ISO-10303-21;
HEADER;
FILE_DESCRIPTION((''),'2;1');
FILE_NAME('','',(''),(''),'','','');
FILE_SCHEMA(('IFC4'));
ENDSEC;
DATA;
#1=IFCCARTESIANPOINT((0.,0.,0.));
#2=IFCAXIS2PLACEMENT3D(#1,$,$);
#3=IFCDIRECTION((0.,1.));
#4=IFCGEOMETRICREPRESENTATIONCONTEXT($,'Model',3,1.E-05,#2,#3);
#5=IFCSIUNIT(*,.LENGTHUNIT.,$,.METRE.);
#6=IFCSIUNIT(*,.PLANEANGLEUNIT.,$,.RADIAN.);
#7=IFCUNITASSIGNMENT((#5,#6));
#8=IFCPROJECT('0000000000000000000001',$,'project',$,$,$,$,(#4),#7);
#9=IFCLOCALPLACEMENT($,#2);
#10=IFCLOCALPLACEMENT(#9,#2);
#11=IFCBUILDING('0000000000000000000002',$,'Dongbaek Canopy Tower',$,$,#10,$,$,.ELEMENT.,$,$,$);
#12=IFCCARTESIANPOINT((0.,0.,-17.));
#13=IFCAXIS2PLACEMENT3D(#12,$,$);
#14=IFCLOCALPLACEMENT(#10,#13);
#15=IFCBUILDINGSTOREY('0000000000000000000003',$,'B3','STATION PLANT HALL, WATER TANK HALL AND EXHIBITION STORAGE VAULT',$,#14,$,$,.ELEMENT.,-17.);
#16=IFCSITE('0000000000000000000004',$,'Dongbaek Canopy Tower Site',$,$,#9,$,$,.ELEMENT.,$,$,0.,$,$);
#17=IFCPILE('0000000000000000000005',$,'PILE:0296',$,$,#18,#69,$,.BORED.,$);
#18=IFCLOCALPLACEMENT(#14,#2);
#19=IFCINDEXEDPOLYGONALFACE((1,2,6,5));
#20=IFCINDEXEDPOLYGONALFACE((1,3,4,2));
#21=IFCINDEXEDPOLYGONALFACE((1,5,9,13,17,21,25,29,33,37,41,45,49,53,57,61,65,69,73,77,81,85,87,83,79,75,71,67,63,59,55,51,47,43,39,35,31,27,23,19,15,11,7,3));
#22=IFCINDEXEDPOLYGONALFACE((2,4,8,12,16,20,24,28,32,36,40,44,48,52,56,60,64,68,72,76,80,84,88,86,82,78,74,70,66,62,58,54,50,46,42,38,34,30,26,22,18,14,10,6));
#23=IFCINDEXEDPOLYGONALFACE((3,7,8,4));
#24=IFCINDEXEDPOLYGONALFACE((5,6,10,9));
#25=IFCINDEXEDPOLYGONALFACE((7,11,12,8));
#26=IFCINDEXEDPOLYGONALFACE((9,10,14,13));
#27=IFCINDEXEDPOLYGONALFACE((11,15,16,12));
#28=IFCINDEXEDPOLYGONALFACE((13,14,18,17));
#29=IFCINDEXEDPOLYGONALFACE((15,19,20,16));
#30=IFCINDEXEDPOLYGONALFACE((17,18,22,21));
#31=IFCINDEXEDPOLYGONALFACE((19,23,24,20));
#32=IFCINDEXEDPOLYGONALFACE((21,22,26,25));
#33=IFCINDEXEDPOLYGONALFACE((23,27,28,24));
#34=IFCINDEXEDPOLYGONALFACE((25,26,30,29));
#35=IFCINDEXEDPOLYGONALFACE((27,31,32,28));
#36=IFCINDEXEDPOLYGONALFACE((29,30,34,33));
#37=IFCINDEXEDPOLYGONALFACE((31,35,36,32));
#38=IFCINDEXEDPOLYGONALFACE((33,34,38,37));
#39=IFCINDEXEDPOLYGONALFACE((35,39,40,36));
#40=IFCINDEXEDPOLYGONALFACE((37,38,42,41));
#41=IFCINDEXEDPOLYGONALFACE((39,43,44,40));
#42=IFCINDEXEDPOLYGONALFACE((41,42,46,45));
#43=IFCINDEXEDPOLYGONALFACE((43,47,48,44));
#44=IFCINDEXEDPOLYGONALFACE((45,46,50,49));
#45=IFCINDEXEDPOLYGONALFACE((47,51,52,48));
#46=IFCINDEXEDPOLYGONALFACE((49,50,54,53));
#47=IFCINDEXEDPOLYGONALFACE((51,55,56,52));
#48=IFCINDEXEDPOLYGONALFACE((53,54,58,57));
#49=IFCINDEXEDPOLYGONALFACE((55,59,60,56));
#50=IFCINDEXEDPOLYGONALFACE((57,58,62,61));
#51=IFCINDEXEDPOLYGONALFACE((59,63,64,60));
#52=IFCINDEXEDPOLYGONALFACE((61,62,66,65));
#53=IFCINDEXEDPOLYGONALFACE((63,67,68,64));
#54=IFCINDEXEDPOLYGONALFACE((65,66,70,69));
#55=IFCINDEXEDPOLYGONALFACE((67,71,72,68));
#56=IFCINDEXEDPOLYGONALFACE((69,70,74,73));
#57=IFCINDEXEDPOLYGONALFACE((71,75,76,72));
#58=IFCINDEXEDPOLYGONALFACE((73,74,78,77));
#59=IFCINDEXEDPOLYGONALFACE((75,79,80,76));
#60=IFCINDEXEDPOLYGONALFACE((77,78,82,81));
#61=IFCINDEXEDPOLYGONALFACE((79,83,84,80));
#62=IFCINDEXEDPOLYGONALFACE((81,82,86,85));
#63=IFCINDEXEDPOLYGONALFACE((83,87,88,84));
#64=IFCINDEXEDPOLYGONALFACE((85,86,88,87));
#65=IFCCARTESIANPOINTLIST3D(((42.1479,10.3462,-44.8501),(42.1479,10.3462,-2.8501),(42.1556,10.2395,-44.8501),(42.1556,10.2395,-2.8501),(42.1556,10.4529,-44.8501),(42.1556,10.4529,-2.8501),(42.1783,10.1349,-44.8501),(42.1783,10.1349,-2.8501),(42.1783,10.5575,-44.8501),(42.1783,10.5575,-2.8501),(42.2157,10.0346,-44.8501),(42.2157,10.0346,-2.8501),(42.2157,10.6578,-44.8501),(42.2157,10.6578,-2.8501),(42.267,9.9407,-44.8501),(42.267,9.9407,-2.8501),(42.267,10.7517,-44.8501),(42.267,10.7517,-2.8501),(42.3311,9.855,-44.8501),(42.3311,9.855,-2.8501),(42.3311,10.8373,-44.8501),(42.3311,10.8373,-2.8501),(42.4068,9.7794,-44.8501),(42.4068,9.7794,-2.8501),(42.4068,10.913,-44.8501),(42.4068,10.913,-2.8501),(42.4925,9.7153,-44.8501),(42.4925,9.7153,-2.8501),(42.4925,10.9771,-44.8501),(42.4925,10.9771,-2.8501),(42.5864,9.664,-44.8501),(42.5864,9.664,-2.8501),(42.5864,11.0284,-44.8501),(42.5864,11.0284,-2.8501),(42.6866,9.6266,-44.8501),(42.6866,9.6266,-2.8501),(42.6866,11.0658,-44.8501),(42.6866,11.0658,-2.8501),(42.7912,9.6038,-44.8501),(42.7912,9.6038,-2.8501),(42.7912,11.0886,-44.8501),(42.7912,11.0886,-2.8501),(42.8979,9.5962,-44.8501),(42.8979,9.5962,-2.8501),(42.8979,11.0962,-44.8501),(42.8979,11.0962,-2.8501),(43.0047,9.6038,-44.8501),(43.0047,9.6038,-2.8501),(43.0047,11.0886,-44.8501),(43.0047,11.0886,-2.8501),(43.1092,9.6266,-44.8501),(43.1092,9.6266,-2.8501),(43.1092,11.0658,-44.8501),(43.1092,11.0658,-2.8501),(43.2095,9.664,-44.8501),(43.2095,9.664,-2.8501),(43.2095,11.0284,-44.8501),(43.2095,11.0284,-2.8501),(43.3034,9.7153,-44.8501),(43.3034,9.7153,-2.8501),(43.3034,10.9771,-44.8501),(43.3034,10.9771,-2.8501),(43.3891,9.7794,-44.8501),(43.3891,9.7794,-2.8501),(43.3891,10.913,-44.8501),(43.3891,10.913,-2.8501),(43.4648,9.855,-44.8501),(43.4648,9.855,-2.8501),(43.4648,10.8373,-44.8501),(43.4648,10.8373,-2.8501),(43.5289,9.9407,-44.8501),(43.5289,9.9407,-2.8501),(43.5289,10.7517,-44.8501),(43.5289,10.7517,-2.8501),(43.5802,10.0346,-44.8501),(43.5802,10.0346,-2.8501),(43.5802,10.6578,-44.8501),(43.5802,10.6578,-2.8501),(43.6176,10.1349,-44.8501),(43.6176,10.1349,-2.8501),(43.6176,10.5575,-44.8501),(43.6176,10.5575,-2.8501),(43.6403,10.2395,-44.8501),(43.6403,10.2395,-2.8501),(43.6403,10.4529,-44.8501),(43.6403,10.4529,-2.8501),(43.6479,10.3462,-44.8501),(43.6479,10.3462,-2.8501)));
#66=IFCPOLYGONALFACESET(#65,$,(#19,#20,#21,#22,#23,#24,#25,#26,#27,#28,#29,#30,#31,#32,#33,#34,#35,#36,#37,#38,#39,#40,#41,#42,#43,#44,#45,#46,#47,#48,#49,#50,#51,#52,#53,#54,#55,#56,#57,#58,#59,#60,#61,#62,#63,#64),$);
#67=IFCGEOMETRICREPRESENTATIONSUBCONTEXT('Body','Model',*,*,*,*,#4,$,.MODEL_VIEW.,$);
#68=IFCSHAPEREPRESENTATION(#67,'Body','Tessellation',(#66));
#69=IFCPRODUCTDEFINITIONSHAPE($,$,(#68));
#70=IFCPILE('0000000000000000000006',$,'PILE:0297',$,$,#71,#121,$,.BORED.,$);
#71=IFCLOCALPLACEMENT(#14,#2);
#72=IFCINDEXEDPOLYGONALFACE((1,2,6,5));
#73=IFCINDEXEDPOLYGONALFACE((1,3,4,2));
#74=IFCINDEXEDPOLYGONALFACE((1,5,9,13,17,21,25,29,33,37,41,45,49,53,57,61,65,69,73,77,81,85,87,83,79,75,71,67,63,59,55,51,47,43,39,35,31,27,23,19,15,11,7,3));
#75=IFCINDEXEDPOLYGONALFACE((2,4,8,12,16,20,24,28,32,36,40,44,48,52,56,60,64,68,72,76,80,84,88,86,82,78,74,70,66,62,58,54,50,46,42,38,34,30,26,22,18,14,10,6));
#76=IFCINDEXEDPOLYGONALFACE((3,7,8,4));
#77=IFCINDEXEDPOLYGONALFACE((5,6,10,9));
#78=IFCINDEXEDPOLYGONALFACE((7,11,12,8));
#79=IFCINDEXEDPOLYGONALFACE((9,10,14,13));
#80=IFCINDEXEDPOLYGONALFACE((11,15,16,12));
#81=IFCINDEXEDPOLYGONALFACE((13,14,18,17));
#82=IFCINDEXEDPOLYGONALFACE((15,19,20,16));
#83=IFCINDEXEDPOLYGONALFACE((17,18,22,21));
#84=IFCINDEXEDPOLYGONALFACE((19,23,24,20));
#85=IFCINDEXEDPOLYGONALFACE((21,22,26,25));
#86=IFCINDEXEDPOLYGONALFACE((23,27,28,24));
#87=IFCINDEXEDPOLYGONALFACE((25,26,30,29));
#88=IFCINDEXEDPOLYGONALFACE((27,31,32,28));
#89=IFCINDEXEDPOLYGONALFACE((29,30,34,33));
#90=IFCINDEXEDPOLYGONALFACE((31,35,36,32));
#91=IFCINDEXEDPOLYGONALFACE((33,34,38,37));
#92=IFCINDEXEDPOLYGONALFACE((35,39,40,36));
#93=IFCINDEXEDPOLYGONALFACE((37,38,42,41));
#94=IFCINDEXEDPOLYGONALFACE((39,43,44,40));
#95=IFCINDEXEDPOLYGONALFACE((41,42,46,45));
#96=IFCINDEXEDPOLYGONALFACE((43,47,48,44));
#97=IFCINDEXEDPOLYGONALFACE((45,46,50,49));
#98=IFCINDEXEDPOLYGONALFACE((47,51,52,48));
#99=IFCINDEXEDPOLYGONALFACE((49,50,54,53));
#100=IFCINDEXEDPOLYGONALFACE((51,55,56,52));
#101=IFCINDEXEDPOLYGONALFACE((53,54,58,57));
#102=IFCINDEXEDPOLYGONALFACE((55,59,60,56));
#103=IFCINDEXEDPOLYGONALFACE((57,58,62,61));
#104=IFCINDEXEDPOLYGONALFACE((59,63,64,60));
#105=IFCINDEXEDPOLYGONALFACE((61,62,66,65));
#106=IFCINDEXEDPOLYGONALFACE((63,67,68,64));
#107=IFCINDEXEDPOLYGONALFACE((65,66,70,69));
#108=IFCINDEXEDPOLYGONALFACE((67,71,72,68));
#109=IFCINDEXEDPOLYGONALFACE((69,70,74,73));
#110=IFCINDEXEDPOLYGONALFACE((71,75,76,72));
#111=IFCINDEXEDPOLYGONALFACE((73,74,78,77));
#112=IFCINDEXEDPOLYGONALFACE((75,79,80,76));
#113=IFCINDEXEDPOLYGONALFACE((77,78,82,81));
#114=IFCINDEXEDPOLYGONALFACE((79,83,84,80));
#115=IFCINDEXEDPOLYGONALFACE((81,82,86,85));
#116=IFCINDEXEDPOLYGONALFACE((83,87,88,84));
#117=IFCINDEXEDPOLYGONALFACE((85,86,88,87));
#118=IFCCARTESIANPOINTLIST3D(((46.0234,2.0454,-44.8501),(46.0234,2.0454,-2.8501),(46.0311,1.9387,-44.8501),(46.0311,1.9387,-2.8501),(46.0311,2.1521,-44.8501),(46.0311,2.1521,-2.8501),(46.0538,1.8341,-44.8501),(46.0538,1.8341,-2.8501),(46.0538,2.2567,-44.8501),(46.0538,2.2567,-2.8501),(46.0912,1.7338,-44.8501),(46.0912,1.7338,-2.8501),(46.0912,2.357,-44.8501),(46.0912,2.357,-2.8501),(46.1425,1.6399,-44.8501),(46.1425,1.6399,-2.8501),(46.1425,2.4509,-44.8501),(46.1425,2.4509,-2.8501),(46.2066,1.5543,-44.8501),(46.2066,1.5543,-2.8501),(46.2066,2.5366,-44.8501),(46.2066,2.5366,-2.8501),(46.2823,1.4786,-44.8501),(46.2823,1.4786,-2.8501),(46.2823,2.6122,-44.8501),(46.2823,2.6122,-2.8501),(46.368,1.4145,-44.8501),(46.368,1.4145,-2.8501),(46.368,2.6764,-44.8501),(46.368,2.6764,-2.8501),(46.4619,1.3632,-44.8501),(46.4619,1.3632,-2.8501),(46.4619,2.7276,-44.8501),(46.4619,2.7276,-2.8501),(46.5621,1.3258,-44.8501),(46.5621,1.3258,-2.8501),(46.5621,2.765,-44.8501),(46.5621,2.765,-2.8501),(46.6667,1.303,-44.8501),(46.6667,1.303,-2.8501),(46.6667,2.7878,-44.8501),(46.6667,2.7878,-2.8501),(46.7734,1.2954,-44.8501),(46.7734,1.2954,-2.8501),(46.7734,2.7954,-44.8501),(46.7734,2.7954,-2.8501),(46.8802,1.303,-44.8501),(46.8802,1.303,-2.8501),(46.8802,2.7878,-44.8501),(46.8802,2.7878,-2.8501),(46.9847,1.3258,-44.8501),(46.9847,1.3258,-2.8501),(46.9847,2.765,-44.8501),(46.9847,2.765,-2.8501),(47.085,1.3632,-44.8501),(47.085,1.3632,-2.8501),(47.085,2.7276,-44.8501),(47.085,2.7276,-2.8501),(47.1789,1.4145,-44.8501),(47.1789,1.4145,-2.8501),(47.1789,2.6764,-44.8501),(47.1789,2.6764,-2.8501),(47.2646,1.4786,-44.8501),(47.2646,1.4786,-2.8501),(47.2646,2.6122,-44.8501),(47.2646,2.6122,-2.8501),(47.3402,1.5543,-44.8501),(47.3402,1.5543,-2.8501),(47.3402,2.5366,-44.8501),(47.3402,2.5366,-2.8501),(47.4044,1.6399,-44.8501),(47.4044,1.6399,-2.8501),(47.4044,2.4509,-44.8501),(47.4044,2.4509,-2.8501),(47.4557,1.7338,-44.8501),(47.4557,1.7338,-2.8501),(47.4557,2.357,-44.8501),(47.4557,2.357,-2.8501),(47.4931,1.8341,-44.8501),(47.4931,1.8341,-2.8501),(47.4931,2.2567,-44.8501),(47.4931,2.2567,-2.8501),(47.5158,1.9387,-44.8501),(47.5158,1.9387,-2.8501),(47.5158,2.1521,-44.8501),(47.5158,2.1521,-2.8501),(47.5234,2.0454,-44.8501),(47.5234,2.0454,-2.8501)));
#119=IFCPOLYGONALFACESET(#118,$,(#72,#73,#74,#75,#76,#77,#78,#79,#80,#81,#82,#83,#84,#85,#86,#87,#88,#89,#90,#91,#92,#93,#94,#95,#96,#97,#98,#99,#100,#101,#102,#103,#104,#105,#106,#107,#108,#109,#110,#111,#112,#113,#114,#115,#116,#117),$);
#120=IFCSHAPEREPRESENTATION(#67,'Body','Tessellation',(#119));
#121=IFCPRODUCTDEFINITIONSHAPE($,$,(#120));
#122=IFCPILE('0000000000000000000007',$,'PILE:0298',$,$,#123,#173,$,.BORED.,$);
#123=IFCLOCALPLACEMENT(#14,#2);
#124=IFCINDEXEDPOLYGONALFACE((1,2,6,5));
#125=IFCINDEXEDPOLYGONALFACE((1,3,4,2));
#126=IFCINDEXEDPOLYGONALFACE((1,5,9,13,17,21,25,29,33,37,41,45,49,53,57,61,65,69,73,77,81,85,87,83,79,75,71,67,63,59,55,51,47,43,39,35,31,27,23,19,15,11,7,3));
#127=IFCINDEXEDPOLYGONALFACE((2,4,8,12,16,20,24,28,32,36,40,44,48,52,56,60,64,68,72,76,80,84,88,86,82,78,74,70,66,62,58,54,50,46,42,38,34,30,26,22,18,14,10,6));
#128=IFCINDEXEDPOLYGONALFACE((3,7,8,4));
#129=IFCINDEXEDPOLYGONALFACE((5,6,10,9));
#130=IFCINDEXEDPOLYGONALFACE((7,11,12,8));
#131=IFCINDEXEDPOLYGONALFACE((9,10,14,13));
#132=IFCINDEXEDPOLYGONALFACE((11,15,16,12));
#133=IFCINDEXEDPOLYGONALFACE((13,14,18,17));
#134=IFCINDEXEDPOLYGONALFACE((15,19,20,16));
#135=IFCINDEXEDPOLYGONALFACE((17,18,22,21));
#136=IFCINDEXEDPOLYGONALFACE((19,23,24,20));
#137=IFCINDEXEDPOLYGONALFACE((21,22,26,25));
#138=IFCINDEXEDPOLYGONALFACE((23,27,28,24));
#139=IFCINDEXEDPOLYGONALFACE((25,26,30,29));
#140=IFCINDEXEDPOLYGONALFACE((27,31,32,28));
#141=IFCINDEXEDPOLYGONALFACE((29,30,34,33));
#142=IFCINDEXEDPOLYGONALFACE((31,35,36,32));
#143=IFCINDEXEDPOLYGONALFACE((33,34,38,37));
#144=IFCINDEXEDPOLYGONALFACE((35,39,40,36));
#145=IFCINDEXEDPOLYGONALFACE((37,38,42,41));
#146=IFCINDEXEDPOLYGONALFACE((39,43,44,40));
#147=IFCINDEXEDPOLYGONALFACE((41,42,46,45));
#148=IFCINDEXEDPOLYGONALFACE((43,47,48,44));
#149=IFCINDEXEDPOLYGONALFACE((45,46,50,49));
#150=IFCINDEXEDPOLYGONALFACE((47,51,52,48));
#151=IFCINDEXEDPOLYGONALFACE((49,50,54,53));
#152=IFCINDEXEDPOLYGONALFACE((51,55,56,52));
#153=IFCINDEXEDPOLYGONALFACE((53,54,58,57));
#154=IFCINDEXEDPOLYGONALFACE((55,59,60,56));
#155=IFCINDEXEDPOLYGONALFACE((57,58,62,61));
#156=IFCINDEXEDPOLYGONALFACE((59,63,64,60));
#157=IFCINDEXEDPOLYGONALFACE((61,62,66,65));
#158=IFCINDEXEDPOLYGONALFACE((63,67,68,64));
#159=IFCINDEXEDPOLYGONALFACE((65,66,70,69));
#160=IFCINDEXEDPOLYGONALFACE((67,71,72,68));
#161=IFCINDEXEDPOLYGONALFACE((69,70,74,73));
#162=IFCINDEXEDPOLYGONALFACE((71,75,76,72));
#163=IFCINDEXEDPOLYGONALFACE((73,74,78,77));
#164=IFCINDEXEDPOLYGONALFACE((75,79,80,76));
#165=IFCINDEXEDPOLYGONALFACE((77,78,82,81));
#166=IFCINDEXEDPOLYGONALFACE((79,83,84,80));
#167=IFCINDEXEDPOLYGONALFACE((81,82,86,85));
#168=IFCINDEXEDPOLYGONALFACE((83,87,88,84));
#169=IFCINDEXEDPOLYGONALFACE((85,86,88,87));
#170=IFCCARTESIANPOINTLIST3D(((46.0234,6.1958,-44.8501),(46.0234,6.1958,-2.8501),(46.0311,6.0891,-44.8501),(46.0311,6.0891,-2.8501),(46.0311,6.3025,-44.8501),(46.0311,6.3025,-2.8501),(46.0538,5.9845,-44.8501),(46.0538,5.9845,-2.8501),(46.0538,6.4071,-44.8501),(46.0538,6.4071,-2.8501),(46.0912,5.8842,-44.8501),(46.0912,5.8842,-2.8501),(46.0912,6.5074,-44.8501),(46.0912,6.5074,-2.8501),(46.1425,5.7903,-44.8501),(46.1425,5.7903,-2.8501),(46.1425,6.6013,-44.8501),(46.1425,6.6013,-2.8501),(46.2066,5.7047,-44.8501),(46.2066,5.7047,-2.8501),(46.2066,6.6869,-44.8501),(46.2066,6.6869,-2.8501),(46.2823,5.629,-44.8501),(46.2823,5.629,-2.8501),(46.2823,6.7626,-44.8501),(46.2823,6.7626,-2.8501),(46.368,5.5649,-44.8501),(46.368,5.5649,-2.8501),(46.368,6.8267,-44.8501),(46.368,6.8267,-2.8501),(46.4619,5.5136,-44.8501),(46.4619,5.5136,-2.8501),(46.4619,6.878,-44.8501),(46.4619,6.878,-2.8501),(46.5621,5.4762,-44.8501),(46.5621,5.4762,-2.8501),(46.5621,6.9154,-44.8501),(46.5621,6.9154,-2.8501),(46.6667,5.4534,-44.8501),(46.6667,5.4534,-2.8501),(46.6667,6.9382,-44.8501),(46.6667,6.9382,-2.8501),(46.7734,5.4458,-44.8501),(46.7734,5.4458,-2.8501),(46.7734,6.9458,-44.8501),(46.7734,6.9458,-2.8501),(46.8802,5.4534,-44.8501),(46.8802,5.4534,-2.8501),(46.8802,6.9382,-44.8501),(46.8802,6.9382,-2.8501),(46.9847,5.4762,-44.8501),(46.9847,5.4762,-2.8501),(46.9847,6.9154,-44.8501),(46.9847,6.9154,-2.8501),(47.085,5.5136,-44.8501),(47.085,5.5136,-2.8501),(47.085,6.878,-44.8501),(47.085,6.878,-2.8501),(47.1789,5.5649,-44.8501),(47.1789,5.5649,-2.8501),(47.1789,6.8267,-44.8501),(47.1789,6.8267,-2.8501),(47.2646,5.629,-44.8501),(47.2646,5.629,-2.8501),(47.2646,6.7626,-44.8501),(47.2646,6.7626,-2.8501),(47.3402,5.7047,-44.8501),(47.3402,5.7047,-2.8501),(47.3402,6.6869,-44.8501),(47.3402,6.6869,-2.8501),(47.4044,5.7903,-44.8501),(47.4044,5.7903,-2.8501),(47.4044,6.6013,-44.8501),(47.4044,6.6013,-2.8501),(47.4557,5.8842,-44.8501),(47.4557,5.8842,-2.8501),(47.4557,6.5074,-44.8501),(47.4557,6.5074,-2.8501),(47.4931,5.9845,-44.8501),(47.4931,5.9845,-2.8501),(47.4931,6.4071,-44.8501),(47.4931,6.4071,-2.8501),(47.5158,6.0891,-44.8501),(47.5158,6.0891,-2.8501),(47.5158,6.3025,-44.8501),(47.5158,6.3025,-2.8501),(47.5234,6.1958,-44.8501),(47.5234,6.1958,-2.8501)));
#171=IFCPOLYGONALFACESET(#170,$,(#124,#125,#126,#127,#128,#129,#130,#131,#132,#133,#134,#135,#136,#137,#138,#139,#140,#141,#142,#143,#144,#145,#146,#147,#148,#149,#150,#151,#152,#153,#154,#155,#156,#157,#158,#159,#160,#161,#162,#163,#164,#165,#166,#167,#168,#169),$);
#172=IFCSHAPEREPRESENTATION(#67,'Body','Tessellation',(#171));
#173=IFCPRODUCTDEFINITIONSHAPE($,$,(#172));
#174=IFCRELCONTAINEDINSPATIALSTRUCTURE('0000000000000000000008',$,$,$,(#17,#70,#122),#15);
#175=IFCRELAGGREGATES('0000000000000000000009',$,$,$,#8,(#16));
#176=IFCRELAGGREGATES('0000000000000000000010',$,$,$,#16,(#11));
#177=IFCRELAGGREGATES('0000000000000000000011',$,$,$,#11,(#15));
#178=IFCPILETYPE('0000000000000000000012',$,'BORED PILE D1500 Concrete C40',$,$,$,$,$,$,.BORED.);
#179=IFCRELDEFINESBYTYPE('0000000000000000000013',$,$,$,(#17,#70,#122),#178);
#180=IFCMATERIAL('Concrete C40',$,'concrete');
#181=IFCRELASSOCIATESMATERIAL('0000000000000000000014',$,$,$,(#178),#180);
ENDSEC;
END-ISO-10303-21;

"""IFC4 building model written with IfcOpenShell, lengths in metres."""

from ifc_helpers import new_model, si_unit, direction, frame, origin, origin_2d, place, context, subcontext, project, spatial, circle, extrude, material, material_profile, profile_set, type_object, element, save


model = new_model("IFC4")

# Units and contexts
model_context = context("Model", 3, precision=1e-05, world=origin(), true_north=direction((0.0, 1.0)))
body_context = subcontext(model_context, "Body", "Model", "MODEL_VIEW")
ifc_project = project(units=[si_unit("LENGTHUNIT", "METRE"), si_unit("PLANEANGLEUNIT", "RADIAN")], contexts=[model_context])

# Site, building, storey
site_placement = place(None, origin())
site = spatial("IfcSite", under=ifc_project, at=site_placement, Name="Dongbaek Canopy Tower Site", CompositionType="ELEMENT", RefElevation=0.0)
building_placement = place(site_placement, origin())
building = spatial("IfcBuilding", under=site, at=building_placement, Name="Dongbaek Canopy Tower", CompositionType="ELEMENT")
storey_placement = place(building_placement, frame((0.0, 0.0, -17.0)))
storey = spatial("IfcBuildingStorey", under=building, at=storey_placement, Name="B3", Description="STATION PLANT HALL, WATER TANK HALL AND EXHIBITION STORAGE VAULT", CompositionType="ELEMENT", Elevation=-17.0)

# Piles
ifc_material_1 = material(Name="Concrete C40", Category="concrete")
ifc_material_profile_1 = material_profile(ifc_material_1, circle(Radius=0.75, at=origin_2d()), Name="BORED PILE D1500 Concrete C40")
ifc_profile_set_1 = profile_set([ifc_material_profile_1], Name="Concrete C40")
pile_type = type_object("IfcPileType", Name="BORED PILE D1500 Concrete C40", PredefinedType="BORED", material=ifc_profile_set_1)
for number, where, z_axis, x_axis, name in (
    (1, (42.8979, 10.3462, -2.8501), (0.0, 0.0, -1.0), (1.0, 0.0, 0.0), "PILE:0296"),
    (2, (46.7734, 2.0454, -2.8501), (0.0, 0.0, -1.0), (1.0, 0.0, 0.0), "PILE:0297"),
    (3, (46.7734, 6.1958, -2.8501), (0.0, 0.0, -1.0), (1.0, 0.0, 0.0), "PILE:0298"),
):
    element("IfcPile", number, at=place(storey_placement, frame(where, z_axis=z_axis, x_axis=x_axis)), inside=storey, type_object=pile_type, Name=name, PredefinedType="BORED", context=body_context, shape_type="SweptSolid", body=[
        extrude(circle(Radius=0.75, at=origin_2d()), origin(), (0.0, 0.0, 1.0), 42.0),
    ])

save(model, "model.ifc")
